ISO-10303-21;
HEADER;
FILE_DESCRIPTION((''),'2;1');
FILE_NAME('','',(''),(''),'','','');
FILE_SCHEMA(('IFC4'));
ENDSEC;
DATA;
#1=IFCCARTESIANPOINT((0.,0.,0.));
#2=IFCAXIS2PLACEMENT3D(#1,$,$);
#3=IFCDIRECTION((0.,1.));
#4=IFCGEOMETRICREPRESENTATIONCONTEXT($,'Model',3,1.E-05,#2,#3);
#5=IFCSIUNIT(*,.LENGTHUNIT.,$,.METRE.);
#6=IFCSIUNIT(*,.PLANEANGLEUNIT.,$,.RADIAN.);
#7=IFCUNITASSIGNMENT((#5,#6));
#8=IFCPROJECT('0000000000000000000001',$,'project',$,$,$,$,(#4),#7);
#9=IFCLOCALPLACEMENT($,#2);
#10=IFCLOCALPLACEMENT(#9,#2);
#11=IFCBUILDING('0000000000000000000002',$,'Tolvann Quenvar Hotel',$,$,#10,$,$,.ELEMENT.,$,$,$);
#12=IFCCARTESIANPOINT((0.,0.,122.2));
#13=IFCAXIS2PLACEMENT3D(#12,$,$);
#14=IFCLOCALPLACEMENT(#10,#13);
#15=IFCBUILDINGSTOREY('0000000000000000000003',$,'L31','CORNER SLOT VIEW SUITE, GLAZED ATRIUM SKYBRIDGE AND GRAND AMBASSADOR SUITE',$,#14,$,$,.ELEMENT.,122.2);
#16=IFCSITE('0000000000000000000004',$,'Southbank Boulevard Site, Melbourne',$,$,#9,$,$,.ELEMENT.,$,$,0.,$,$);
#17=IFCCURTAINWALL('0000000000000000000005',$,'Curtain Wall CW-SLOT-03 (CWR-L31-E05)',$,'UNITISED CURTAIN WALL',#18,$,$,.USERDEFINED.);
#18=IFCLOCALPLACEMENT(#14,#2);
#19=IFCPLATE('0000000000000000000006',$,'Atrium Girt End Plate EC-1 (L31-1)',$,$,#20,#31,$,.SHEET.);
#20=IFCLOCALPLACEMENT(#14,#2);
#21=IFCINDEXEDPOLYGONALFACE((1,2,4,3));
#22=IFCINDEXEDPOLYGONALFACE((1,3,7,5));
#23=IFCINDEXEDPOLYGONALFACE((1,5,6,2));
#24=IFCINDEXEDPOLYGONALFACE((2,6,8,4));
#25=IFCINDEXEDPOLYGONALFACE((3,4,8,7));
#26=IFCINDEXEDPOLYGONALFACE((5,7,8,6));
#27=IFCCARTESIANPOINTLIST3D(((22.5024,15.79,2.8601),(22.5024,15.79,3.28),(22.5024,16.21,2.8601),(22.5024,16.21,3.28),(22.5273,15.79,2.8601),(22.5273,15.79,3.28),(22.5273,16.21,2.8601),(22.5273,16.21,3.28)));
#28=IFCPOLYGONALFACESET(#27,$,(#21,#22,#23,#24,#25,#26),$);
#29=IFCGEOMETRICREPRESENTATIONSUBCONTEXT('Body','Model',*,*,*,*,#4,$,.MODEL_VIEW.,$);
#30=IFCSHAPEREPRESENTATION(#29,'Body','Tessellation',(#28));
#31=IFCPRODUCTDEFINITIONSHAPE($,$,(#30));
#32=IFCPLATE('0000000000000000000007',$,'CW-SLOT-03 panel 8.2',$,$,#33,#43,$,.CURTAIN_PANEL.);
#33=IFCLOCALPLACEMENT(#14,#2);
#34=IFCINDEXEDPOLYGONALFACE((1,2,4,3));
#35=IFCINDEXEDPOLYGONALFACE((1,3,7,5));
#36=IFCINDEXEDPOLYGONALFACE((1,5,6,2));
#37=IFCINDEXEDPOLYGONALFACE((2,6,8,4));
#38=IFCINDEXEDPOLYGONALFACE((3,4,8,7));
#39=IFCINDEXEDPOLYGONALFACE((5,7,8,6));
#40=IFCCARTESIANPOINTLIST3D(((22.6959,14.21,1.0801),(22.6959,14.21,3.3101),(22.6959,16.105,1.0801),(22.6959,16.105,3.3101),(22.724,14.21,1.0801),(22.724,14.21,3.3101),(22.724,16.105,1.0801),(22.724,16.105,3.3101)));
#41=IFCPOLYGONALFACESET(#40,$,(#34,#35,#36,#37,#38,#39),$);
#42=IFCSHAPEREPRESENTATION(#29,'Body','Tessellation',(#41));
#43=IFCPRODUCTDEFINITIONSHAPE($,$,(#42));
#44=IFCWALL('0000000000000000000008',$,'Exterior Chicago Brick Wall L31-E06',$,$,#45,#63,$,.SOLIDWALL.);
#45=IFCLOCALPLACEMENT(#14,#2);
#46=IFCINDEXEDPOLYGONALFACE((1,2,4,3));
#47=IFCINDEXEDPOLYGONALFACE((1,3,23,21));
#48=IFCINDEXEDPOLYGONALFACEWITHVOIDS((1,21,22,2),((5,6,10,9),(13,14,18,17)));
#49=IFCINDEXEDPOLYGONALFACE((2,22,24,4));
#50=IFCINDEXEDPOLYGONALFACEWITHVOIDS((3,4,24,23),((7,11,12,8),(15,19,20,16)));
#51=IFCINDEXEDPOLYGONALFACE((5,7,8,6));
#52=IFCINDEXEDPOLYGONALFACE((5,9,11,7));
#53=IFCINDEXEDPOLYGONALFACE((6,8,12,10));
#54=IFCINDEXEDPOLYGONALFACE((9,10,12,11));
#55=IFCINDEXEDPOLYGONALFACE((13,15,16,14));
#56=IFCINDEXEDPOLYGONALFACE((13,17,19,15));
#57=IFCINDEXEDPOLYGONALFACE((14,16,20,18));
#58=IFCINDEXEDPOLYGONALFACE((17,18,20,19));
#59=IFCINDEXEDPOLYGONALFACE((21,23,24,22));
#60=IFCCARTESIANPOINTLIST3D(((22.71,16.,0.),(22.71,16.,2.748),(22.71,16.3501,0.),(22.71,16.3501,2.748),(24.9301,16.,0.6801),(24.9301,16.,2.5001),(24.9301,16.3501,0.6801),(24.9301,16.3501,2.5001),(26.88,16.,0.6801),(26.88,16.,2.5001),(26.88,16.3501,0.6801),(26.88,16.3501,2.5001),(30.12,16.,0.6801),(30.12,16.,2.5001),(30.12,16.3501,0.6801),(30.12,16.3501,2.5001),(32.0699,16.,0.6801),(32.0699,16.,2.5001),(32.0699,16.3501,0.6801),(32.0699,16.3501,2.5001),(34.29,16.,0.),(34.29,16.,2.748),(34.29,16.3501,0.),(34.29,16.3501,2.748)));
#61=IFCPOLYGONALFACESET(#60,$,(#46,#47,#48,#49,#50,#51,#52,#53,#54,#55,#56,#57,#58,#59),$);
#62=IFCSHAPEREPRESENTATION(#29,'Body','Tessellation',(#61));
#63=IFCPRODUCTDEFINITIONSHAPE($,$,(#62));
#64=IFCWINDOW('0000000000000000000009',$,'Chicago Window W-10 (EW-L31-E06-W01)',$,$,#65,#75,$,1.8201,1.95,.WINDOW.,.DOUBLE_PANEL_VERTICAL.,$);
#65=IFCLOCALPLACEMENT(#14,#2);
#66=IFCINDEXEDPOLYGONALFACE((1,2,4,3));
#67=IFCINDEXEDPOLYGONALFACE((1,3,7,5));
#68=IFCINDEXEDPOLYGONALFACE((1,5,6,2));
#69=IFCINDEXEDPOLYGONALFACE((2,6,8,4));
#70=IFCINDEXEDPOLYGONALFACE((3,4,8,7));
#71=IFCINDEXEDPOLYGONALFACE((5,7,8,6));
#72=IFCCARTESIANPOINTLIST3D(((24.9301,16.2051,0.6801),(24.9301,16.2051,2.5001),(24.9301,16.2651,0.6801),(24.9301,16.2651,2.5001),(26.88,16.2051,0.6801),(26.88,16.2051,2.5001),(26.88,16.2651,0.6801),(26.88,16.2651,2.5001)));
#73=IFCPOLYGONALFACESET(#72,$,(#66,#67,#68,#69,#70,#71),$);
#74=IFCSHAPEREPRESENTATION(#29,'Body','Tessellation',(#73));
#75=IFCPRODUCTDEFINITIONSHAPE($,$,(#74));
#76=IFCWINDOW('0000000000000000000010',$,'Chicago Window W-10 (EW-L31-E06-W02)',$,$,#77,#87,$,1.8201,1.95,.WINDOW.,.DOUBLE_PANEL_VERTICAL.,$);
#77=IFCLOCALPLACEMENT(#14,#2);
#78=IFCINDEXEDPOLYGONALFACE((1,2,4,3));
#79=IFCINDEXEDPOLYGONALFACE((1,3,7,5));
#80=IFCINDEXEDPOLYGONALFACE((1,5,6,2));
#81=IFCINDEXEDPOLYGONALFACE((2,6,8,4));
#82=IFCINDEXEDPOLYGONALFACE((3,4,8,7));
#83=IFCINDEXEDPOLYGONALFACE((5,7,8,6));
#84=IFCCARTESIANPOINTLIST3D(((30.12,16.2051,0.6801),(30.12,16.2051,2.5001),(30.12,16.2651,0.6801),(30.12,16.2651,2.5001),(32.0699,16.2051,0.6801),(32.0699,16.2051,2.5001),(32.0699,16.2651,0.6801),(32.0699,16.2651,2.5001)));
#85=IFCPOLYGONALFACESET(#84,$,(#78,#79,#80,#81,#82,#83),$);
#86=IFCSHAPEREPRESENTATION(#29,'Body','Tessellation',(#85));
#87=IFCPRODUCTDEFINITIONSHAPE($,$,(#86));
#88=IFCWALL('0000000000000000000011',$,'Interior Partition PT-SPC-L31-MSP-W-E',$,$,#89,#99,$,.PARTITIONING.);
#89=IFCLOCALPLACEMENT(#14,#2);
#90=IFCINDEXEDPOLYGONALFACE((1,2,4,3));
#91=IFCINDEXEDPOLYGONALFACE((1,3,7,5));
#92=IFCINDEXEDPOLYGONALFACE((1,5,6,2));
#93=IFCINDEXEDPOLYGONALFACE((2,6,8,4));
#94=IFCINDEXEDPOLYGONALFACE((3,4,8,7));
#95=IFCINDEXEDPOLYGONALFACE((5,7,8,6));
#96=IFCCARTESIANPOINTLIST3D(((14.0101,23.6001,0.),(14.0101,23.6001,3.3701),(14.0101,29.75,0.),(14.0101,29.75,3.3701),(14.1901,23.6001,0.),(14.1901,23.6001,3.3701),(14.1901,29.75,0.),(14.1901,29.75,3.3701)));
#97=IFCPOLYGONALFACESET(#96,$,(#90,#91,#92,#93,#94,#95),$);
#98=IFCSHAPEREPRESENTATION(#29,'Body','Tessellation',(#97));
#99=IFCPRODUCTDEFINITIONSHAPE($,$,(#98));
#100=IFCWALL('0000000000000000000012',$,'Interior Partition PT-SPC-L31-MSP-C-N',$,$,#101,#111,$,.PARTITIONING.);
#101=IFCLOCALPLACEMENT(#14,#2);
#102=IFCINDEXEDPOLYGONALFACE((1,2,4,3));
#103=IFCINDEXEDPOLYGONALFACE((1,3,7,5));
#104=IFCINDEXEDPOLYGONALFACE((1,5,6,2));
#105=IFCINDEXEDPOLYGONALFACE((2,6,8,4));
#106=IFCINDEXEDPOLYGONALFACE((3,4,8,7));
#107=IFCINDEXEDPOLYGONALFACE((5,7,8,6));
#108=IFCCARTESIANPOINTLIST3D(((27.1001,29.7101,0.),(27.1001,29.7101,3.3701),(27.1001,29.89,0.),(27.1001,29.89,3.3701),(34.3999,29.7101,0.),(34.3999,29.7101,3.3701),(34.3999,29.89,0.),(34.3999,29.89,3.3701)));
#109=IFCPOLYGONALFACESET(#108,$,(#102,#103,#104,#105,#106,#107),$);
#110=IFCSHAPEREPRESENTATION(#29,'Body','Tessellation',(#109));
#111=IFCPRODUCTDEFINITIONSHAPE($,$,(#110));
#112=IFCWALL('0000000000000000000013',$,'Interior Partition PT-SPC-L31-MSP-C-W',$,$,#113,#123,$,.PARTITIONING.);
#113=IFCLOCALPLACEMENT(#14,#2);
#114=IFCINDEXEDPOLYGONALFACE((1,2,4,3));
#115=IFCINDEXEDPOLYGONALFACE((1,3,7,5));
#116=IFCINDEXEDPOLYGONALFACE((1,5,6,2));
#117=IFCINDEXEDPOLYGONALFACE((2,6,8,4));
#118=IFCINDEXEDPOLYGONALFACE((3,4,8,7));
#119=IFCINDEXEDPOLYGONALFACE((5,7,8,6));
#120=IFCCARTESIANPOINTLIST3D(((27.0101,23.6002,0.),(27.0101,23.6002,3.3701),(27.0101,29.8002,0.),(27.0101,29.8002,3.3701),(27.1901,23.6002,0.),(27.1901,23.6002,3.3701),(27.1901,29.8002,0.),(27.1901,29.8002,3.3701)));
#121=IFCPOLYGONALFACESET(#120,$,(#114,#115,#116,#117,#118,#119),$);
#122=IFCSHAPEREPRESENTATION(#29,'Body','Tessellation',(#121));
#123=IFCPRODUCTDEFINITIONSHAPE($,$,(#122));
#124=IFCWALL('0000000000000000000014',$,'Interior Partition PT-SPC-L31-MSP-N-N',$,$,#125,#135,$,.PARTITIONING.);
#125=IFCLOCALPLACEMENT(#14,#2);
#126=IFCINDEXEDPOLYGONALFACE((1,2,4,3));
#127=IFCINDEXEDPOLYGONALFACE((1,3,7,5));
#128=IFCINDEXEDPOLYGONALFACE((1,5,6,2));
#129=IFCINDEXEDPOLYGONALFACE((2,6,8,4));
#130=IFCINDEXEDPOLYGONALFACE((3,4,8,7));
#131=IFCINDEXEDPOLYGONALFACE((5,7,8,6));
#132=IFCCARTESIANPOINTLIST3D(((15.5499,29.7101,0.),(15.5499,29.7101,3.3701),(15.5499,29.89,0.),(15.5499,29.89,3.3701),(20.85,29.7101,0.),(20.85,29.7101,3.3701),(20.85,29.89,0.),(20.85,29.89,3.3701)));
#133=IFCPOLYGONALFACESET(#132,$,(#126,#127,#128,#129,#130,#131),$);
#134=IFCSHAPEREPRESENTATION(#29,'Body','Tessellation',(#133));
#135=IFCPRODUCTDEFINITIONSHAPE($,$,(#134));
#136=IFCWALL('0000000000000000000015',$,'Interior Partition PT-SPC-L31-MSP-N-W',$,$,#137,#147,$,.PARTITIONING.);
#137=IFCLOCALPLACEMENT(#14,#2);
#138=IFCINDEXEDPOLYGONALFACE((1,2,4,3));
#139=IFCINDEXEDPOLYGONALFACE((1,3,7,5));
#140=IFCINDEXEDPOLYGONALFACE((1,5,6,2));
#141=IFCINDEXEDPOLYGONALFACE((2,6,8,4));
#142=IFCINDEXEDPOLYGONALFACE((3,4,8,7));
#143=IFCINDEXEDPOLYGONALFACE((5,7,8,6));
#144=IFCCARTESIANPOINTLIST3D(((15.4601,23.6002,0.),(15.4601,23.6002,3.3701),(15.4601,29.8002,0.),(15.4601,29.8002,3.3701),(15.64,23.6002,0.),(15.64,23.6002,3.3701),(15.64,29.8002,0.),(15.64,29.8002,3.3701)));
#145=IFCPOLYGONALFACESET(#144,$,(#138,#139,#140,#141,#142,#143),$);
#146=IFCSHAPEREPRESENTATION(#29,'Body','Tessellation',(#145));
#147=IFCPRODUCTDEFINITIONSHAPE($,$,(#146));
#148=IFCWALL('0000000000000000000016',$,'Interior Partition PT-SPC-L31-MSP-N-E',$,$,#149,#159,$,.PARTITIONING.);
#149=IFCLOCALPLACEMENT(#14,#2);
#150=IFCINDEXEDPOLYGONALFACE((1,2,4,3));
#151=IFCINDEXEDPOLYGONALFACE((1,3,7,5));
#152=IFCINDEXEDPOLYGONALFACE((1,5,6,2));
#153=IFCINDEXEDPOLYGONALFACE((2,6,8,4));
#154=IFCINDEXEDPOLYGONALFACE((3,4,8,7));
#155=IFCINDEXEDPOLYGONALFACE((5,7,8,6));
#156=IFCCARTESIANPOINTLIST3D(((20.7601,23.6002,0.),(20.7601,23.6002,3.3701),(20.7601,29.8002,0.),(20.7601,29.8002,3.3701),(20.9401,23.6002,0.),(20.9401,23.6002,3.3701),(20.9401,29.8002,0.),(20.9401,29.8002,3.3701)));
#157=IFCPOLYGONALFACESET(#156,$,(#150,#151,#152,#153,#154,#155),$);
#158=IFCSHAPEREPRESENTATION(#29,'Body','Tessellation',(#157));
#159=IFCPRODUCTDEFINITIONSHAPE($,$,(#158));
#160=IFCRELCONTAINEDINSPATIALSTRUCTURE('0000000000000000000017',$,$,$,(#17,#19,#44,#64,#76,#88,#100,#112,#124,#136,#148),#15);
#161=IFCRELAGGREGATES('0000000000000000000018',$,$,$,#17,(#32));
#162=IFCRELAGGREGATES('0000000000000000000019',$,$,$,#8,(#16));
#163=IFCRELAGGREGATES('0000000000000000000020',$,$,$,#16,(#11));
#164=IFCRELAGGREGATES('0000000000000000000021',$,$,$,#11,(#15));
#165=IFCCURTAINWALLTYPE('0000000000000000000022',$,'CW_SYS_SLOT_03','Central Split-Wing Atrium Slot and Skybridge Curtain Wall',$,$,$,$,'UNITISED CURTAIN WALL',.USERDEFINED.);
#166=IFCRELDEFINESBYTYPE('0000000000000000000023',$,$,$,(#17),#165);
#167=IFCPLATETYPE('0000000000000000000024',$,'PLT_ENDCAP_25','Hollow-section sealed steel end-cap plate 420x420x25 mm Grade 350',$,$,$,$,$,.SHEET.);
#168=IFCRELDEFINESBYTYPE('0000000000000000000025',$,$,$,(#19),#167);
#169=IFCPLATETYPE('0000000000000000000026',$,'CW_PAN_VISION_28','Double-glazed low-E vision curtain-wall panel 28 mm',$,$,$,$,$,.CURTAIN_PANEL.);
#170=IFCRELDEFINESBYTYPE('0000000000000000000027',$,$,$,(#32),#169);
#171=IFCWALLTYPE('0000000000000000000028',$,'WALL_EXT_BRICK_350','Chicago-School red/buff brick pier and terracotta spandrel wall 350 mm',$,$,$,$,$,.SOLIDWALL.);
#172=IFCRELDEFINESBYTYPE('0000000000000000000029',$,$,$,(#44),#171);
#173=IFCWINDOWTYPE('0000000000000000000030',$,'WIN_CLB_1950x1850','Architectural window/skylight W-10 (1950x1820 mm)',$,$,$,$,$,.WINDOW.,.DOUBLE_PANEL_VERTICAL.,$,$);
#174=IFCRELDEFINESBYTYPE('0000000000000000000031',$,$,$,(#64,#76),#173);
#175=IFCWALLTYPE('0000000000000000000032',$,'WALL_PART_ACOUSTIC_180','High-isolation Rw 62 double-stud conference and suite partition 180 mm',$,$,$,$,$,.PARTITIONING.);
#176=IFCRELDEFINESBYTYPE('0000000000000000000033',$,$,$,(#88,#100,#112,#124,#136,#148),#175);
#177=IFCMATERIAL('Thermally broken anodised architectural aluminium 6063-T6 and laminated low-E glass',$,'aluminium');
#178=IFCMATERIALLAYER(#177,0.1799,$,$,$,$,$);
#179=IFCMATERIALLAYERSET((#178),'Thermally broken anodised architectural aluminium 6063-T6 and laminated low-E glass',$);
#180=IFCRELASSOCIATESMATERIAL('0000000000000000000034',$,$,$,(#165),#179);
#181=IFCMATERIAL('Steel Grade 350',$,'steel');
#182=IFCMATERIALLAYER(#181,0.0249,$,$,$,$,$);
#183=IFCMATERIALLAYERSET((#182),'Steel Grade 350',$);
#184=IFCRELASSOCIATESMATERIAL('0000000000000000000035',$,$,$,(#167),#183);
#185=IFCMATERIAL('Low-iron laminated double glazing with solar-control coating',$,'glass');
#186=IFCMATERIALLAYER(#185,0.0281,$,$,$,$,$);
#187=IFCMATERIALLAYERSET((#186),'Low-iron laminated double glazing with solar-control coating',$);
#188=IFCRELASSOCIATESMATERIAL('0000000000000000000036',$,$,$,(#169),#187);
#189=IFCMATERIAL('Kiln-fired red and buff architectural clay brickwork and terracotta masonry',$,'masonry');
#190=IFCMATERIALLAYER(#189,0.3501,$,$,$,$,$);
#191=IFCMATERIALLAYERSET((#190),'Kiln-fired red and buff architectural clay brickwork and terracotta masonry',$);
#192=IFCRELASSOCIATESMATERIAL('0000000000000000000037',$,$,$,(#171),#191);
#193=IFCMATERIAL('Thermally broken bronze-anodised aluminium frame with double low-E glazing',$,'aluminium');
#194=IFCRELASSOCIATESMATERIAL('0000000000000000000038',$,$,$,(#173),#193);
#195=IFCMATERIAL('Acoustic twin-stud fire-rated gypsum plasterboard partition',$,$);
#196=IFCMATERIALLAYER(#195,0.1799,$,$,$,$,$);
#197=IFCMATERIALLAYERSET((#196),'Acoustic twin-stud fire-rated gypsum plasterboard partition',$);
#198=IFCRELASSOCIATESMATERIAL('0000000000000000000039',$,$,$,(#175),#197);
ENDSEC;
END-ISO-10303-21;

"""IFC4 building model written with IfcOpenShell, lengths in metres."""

from ifc_helpers import new_model, si_unit, direction, frame, frame_2d, origin, origin_2d, place, context, subcontext, project, spatial, rectangle, extrude, source, transform, mapped, material, layer, layer_set, type_object, type_shapes, element, fill, aggregate, save


model = new_model("IFC4")

# Units and contexts
model_context = context("Model", 3, precision=1e-05, world=origin(), true_north=direction((0.0, 1.0)))
body_context = subcontext(model_context, "Body", "Model", "MODEL_VIEW")
ifc_project = project(units=[si_unit("LENGTHUNIT", "METRE"), si_unit("PLANEANGLEUNIT", "RADIAN")], contexts=[model_context])

# Site, building, storey
site_placement = place(None, origin())
site = spatial("IfcSite", under=ifc_project, at=site_placement, Name="Southbank Boulevard Site, Melbourne", CompositionType="ELEMENT", RefElevation=0.0)
building_placement = place(site_placement, origin())
building = spatial("IfcBuilding", under=site, at=building_placement, Name="Tolvann Quenvar Hotel", CompositionType="ELEMENT")
storey_placement = place(building_placement, frame((0.0, 0.0, 122.2)))
storey = spatial("IfcBuildingStorey", under=building, at=storey_placement, Name="L31", Description="CORNER SLOT VIEW SUITE, GLAZED ATRIUM SKYBRIDGE AND GRAND AMBASSADOR SUITE", CompositionType="ELEMENT", Elevation=122.2)

# Shared definitions
ifc_material_1 = material(Name="Steel Grade 350", Category="steel")

# Curtain wall
ifc_material_2 = material(Name="Thermally broken anodised architectural aluminium 6063-T6 and laminated low-E glass", Category="aluminium")
ifc_layer_1 = layer(ifc_material_2, 0.1799)
ifc_layer_set_1 = layer_set([ifc_layer_1], Name="Thermally broken anodised architectural aluminium 6063-T6 and laminated low-E glass")
curtain_wall_type = type_object("IfcCurtainWallType", Name="CW_SYS_SLOT_03", Description="Central Split-Wing Atrium Slot and Skybridge Curtain Wall", ElementType="UNITISED CURTAIN WALL", PredefinedType="USERDEFINED", material=ifc_layer_set_1)
curtain_wall_placement = place(storey_placement, origin())
curtain_wall = element("IfcCurtainWall", 1, at=curtain_wall_placement, inside=storey, type_object=curtain_wall_type, Name="Curtain Wall CW-SLOT-03 (CWR-L31-E05)", ObjectType="UNITISED CURTAIN WALL", PredefinedType="USERDEFINED")

# Plates
ifc_layer_2 = layer(ifc_material_1, 0.0249)
ifc_layer_set_2 = layer_set([ifc_layer_2], Name="Steel Grade 350")
plate_type_1 = type_object("IfcPlateType", Name="PLT_ENDCAP_25", Description="Hollow-section sealed steel end-cap plate 420x420x25 mm Grade 350", PredefinedType="SHEET", material=ifc_layer_set_2)
shared_shape_1 = source(origin(), body_context, "Body", "SweptSolid", [
    extrude(rectangle(XDim=0.0249, YDim=0.4199, at=origin_2d()), origin(), (0.0, 0.0, 1.0), 0.4199),
])
type_shapes(plate_type_1, [shared_shape_1])
plate_1_placement = place(storey_placement, frame((22.5149, 16.0, 2.8601), z_axis=(0.0, 0.0, 1.0), x_axis=(1.0, 0.0, 0.0)))
element("IfcPlate", 2, at=plate_1_placement, inside=storey, type_object=plate_type_1, Name="Atrium Girt End Plate EC-1 (L31-1)", PredefinedType="SHEET", context=body_context, shape_type="MappedRepresentation", body=[
    mapped(shared_shape_1, transform((0.0, 0.0, 0.0), x_axis=(1.0, 0.0, 0.0), y_axis=(0.0, 1.0, 0.0), z_axis=(0.0, 0.0, 1.0), scale=1.0)),
])
ifc_material_3 = material(Name="Low-iron laminated double glazing with solar-control coating", Category="glass")
ifc_layer_3 = layer(ifc_material_3, 0.0281)
ifc_layer_set_3 = layer_set([ifc_layer_3], Name="Low-iron laminated double glazing with solar-control coating")
plate_type_2 = type_object("IfcPlateType", Name="CW_PAN_VISION_28", Description="Double-glazed low-E vision curtain-wall panel 28 mm", PredefinedType="CURTAIN_PANEL", material=ifc_layer_set_3)
shared_shape_2 = source(origin(), body_context, "Body", "SweptSolid", [
    extrude(rectangle(XDim=1.895, YDim=0.0281, at=origin_2d()), origin(), (0.0, 0.0, 1.0), 2.23),
])
type_shapes(plate_type_2, [shared_shape_2])
plate_2_placement = place(storey_placement, frame((22.71, 15.1575, 1.0801), z_axis=(0.0, 0.0, 1.0), x_axis=(0.0, 1.0, 0.0)))
plate_2 = element("IfcPlate", 3, at=plate_2_placement, type_object=plate_type_2, Name="CW-SLOT-03 panel 8.2", PredefinedType="CURTAIN_PANEL", context=body_context, shape_type="MappedRepresentation", body=[
    mapped(shared_shape_2, transform((0.0, 0.0, 0.0), x_axis=(1.0, 0.0, 0.0), y_axis=(0.0, 1.0, 0.0), z_axis=(0.0, 0.0, 1.0), scale=1.0)),
])
aggregate(curtain_wall, [plate_2])

# Wall, openings, windows
ifc_material_4 = material(Name="Kiln-fired red and buff architectural clay brickwork and terracotta masonry", Category="masonry")
ifc_layer_4 = layer(ifc_material_4, 0.3501)
ifc_layer_set_4 = layer_set([ifc_layer_4], Name="Kiln-fired red and buff architectural clay brickwork and terracotta masonry")
wall_type_1 = type_object("IfcWallType", Name="WALL_EXT_BRICK_350", Description="Chicago-School red/buff brick pier and terracotta spandrel wall 350 mm", PredefinedType="SOLIDWALL", material=ifc_layer_set_4)
wall_1_placement = place(storey_placement, frame((22.71, 16.175, 0.0), z_axis=(0.0, 0.0, 1.0), x_axis=(1.0, 0.0, 0.0)))
wall_1 = element("IfcWall", 4, at=wall_1_placement, inside=storey, type_object=wall_type_1, Name="Exterior Chicago Brick Wall L31-E06", PredefinedType="SOLIDWALL", context=body_context, shape_type="SweptSolid", body=[
    extrude(rectangle(XDim=11.5801, YDim=0.3501, at=frame_2d((5.79, 0.0))), origin(), (0.0, 0.0, 1.0), 2.748),
])
opening_1_placement = place(wall_1_placement, frame((2.22, 0.0, 0.6799)))
opening_1 = element("IfcOpeningElement", 5, at=opening_1_placement, cuts=wall_1, PredefinedType="OPENING", context=body_context, shape_type="SweptSolid", body=[
    extrude(rectangle(XDim=1.95, YDim=1.8201, at=frame_2d((0.9751, 0.9102))), frame((0.0, 0.1851, 0.0), z_axis=(0.0, -1.0, 0.0), x_axis=(1.0, 0.0, 0.0)), (0.0, 0.0, 1.0), 0.3701),
])
opening_2_placement = place(wall_1_placement, frame((7.4099, 0.0, 0.6799)))
opening_2 = element("IfcOpeningElement", 6, at=opening_2_placement, cuts=wall_1, PredefinedType="OPENING", context=body_context, shape_type="SweptSolid", body=[
    extrude(rectangle(XDim=1.95, YDim=1.8201, at=frame_2d((0.9751, 0.9102))), frame((0.0, 0.1851, 0.0), z_axis=(0.0, -1.0, 0.0), x_axis=(1.0, 0.0, 0.0)), (0.0, 0.0, 1.0), 0.3701),
])
ifc_material_5 = material(Name="Thermally broken bronze-anodised aluminium frame with double low-E glazing", Category="aluminium")
window_type = type_object("IfcWindowType", Name="WIN_CLB_1950x1850", Description="Architectural window/skylight W-10 (1950x1820 mm)", PartitioningType="DOUBLE_PANEL_VERTICAL", PredefinedType="WINDOW", material=ifc_material_5)
shared_shape_3 = source(origin(), body_context, "Body", "SweptSolid", [
    extrude(rectangle(XDim=1.95, YDim=1.8201, at=frame_2d((0.9751, 0.9102))), frame((0.0, 0.0901, 0.0), z_axis=(0.0, -1.0, 0.0), x_axis=(1.0, 0.0, 0.0)), (0.0, 0.0, 1.0), 0.0601),
])
type_shapes(window_type, [shared_shape_3])
window_1_placement = place(opening_1_placement, origin())
window_1 = element("IfcWindow", 7, at=window_1_placement, inside=storey, type_object=window_type, Name="Chicago Window W-10 (EW-L31-E06-W01)", OverallHeight=1.8201, OverallWidth=1.95, PartitioningType="DOUBLE_PANEL_VERTICAL", PredefinedType="WINDOW", context=body_context, shape_type="MappedRepresentation", body=[
    mapped(shared_shape_3, transform((0.0, 0.0, 0.0), x_axis=(1.0, 0.0, 0.0), y_axis=(0.0, 1.0, 0.0), z_axis=(0.0, 0.0, 1.0), scale=1.0)),
])
fill(opening_1, window_1)
window_2_placement = place(opening_2_placement, origin())
window_2 = element("IfcWindow", 8, at=window_2_placement, inside=storey, type_object=window_type, Name="Chicago Window W-10 (EW-L31-E06-W02)", OverallHeight=1.8201, OverallWidth=1.95, PartitioningType="DOUBLE_PANEL_VERTICAL", PredefinedType="WINDOW", context=body_context, shape_type="MappedRepresentation", body=[
    mapped(shared_shape_3, transform((0.0, 0.0, 0.0), x_axis=(1.0, 0.0, 0.0), y_axis=(0.0, 1.0, 0.0), z_axis=(0.0, 0.0, 1.0), scale=1.0)),
])
fill(opening_2, window_2)

# Wall
ifc_material_6 = material(Name="Acoustic twin-stud fire-rated gypsum plasterboard partition")
ifc_layer_5 = layer(ifc_material_6, 0.1799)
ifc_layer_set_5 = layer_set([ifc_layer_5], Name="Acoustic twin-stud fire-rated gypsum plasterboard partition")
wall_type_2 = type_object("IfcWallType", Name="WALL_PART_ACOUSTIC_180", Description="High-isolation Rw 62 double-stud conference and suite partition 180 mm", PredefinedType="PARTITIONING", material=ifc_layer_set_5)
wall_2_placement = place(storey_placement, frame((14.1001, 23.6001, 0.0), z_axis=(0.0, 0.0, 1.0), x_axis=(0.0, 1.0, 0.0)))
element("IfcWall", 9, at=wall_2_placement, inside=storey, type_object=wall_type_2, Name="Interior Partition PT-SPC-L31-MSP-W-E", PredefinedType="PARTITIONING", context=body_context, shape_type="SweptSolid", body=[
    extrude(rectangle(XDim=6.1499, YDim=0.1799, at=frame_2d((3.075, 0.0))), origin(), (0.0, 0.0, 1.0), 3.3701),
])

# Walls
wall_3_placement = place(storey_placement, frame((27.1001, 29.8, 0.0), z_axis=(0.0, 0.0, 1.0), x_axis=(1.0, 0.0, 0.0)))
element("IfcWall", 10, at=wall_3_placement, inside=storey, type_object=wall_type_2, Name="Interior Partition PT-SPC-L31-MSP-C-N", PredefinedType="PARTITIONING", context=body_context, shape_type="SweptSolid", body=[
    extrude(rectangle(XDim=7.2998, YDim=0.1799, at=frame_2d((3.6499, 0.0))), origin(), (0.0, 0.0, 1.0), 3.3701),
])
wall_4_placement = place(storey_placement, frame((27.1001, 23.6001, 0.0), z_axis=(0.0, 0.0, 1.0), x_axis=(0.0, 1.0, 0.0)))
element("IfcWall", 11, at=wall_4_placement, inside=storey, type_object=wall_type_2, Name="Interior Partition PT-SPC-L31-MSP-C-W", PredefinedType="PARTITIONING", context=body_context, shape_type="SweptSolid", body=[
    extrude(rectangle(XDim=6.2, YDim=0.1799, at=frame_2d((3.1001, 0.0))), origin(), (0.0, 0.0, 1.0), 3.3701),
])

# Walls
wall_5_placement = place(storey_placement, frame((15.55, 29.8, 0.0), z_axis=(0.0, 0.0, 1.0), x_axis=(1.0, 0.0, 0.0)))
element("IfcWall", 12, at=wall_5_placement, inside=storey, type_object=wall_type_2, Name="Interior Partition PT-SPC-L31-MSP-N-N", PredefinedType="PARTITIONING", context=body_context, shape_type="SweptSolid", body=[
    extrude(rectangle(XDim=5.3, YDim=0.1799, at=frame_2d((2.6499, 0.0))), origin(), (0.0, 0.0, 1.0), 3.3701),
])
for number, where, z_axis, x_axis, name in (
    (13, (15.55, 23.6001, 0.0), (0.0, 0.0, 1.0), (0.0, 1.0, 0.0), "Interior Partition PT-SPC-L31-MSP-N-W"),
    (14, (20.8501, 23.6001, 0.0), (0.0, 0.0, 1.0), (0.0, 1.0, 0.0), "Interior Partition PT-SPC-L31-MSP-N-E"),
):
    element("IfcWall", number, at=place(storey_placement, frame(where, z_axis=z_axis, x_axis=x_axis)), inside=storey, type_object=wall_type_2, Name=name, PredefinedType="PARTITIONING", context=body_context, shape_type="SweptSolid", body=[
        extrude(rectangle(XDim=6.2, YDim=0.1799, at=frame_2d((3.1001, 0.0))), origin(), (0.0, 0.0, 1.0), 3.3701),
    ])

save(model, "model.ifc")
